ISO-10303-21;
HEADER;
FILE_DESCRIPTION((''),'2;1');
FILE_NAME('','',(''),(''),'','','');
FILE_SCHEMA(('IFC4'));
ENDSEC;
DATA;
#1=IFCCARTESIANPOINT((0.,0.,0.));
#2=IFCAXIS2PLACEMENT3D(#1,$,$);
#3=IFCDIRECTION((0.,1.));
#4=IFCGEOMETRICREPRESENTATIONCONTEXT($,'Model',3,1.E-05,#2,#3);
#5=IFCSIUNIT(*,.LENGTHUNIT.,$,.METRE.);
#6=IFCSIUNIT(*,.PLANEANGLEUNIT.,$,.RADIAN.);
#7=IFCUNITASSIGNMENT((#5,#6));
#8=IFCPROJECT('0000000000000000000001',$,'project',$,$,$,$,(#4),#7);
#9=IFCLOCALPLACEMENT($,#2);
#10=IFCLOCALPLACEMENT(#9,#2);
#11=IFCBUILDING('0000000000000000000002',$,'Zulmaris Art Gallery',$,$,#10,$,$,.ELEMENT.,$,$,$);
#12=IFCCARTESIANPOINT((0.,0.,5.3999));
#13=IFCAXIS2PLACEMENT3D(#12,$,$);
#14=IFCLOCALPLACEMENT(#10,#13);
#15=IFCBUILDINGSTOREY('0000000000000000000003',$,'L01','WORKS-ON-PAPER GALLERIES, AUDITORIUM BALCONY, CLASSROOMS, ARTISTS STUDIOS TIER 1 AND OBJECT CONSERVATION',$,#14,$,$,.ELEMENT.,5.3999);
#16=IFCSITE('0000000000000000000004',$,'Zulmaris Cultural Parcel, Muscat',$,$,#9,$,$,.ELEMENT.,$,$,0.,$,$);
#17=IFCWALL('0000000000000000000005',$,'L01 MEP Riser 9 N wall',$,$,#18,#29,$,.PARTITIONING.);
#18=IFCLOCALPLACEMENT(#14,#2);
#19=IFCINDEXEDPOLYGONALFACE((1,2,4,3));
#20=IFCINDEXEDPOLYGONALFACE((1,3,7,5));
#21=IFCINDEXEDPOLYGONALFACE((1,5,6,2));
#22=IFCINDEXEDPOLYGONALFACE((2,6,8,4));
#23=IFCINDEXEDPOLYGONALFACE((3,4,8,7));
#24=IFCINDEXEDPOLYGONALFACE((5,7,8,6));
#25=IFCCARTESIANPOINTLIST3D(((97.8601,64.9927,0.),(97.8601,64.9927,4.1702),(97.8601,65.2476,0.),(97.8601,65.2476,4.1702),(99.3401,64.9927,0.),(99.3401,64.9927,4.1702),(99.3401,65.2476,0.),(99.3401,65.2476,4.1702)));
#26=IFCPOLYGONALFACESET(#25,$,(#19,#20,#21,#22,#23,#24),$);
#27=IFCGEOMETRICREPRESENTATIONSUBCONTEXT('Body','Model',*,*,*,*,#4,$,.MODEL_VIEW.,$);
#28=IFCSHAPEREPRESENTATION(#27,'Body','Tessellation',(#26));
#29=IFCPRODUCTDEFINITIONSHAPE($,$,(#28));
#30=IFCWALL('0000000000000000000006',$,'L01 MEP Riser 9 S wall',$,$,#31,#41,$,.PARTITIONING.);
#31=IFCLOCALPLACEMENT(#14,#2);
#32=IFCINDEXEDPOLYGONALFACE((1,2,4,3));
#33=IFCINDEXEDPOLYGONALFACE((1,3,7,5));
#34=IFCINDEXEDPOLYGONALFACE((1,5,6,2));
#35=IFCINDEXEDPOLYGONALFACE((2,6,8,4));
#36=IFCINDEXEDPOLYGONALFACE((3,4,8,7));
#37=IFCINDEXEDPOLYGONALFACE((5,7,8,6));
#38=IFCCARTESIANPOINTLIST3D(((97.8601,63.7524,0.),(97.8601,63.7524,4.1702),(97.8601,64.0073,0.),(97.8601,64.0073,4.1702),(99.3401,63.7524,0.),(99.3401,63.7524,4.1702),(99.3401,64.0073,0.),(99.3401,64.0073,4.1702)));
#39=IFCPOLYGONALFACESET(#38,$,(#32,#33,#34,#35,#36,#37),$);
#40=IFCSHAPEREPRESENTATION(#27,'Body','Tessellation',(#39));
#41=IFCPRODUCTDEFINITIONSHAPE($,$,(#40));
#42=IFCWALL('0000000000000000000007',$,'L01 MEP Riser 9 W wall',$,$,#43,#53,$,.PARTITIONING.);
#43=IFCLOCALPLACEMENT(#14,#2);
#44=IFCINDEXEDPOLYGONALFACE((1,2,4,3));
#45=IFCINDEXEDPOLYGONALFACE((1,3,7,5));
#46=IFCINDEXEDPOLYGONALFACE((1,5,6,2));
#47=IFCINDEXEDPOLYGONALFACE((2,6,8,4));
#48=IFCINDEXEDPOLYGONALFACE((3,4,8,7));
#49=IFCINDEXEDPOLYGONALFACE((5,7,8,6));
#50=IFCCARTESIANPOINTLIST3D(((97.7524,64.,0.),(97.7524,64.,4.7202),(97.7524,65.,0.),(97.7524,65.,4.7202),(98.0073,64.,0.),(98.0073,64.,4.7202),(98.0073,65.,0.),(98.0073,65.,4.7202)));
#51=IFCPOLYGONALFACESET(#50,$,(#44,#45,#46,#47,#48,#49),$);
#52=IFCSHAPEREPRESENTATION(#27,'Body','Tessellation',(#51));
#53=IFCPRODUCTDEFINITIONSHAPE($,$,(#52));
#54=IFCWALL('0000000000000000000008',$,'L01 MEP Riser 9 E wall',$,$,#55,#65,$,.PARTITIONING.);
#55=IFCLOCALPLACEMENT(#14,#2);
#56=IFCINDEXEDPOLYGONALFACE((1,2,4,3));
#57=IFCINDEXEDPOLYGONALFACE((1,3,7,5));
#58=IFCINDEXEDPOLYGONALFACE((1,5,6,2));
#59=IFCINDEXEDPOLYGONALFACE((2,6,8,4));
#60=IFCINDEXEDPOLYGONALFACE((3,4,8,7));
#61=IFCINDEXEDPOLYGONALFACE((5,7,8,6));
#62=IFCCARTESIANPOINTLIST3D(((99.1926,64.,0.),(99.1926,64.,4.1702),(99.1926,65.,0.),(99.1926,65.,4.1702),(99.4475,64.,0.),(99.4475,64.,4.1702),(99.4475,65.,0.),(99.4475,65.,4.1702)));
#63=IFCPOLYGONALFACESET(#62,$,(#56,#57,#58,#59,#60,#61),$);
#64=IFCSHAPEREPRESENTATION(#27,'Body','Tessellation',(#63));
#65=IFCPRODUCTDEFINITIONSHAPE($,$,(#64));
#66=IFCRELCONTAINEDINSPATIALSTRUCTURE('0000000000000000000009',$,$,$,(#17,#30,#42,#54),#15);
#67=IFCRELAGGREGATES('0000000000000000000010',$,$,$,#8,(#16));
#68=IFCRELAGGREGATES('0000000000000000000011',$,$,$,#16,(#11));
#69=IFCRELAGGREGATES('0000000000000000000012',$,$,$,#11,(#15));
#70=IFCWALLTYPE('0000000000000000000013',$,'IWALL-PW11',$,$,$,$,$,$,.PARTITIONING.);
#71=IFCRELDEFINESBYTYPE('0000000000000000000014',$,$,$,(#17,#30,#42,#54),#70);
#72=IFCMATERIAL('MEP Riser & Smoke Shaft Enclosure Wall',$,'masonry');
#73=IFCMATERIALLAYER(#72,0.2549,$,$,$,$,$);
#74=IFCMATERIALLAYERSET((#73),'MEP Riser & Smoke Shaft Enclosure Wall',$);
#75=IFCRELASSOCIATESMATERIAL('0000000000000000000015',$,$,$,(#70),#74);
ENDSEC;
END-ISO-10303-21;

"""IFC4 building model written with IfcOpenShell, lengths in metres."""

from ifc_helpers import new_model, si_unit, direction, frame, frame_2d, origin, place, context, subcontext, project, spatial, rectangle, extrude, material, layer, layer_set, type_object, element, save


model = new_model("IFC4")

# Units and contexts
model_context = context("Model", 3, precision=1e-05, world=origin(), true_north=direction((0.0, 1.0)))
body_context = subcontext(model_context, "Body", "Model", "MODEL_VIEW")
ifc_project = project(units=[si_unit("LENGTHUNIT", "METRE"), si_unit("PLANEANGLEUNIT", "RADIAN")], contexts=[model_context])

# Site, building, storey
site_placement = place(None, origin())
site = spatial("IfcSite", under=ifc_project, at=site_placement, Name="Zulmaris Cultural Parcel, Muscat", CompositionType="ELEMENT", RefElevation=0.0)
building_placement = place(site_placement, origin())
building = spatial("IfcBuilding", under=site, at=building_placement, Name="Zulmaris Art Gallery", CompositionType="ELEMENT")
storey_placement = place(building_placement, frame((0.0, 0.0, 5.3999)))
storey = spatial("IfcBuildingStorey", under=building, at=storey_placement, Name="L01", Description="WORKS-ON-PAPER GALLERIES, AUDITORIUM BALCONY, CLASSROOMS, ARTISTS STUDIOS TIER 1 AND OBJECT CONSERVATION", CompositionType="ELEMENT", Elevation=5.3999)

# Walls
ifc_material_1 = material(Name="MEP Riser & Smoke Shaft Enclosure Wall", Category="masonry")
ifc_layer_1 = layer(ifc_material_1, 0.2549)
ifc_layer_set_1 = layer_set([ifc_layer_1], Name="MEP Riser & Smoke Shaft Enclosure Wall")
wall_type_1 = type_object("IfcWallType", Name="IWALL-PW11", PredefinedType="PARTITIONING", material=ifc_layer_set_1)
for number, where, z_axis, x_axis, name in (
    (1, (97.8601, 65.1201, 0.0), (0.0, 0.0, 1.0), (1.0, 0.0, 0.0), "L01 MEP Riser 9 N wall"),
    (2, (97.8601, 63.8799, 0.0), (0.0, 0.0, 1.0), (1.0, 0.0, 0.0), "L01 MEP Riser 9 S wall"),
):
    element("IfcWall", number, at=place(storey_placement, frame(where, z_axis=z_axis, x_axis=x_axis)), inside=storey, type_object=wall_type_1, Name=name, PredefinedType="PARTITIONING", context=body_context, shape_type="SweptSolid", body=[
        extrude(rectangle(XDim=1.48, YDim=0.2549, at=frame_2d((0.74, 0.0))), origin(), (0.0, 0.0, 1.0), 4.1702),
    ])
wall_1_placement = place(storey_placement, frame((97.8799, 64.0, 0.0), z_axis=(0.0, 0.0, 1.0), x_axis=(0.0, 1.0, 0.0)))
element("IfcWall", 3, at=wall_1_placement, inside=storey, type_object=wall_type_1, Name="L01 MEP Riser 9 W wall", PredefinedType="PARTITIONING", context=body_context, shape_type="SweptSolid", body=[
    extrude(rectangle(XDim=1.0, YDim=0.2549, at=frame_2d((0.5, 0.0))), origin(), (0.0, 0.0, 1.0), 4.7202),
])
wall_2_placement = place(storey_placement, frame((99.3201, 64.0, 0.0), z_axis=(0.0, 0.0, 1.0), x_axis=(0.0, 1.0, 0.0)))
element("IfcWall", 4, at=wall_2_placement, inside=storey, type_object=wall_type_1, Name="L01 MEP Riser 9 E wall", PredefinedType="PARTITIONING", context=body_context, shape_type="SweptSolid", body=[
    extrude(rectangle(XDim=1.0, YDim=0.2549, at=frame_2d((0.5, 0.0))), origin(), (0.0, 0.0, 1.0), 4.1702),
])

save(model, "model.ifc")
